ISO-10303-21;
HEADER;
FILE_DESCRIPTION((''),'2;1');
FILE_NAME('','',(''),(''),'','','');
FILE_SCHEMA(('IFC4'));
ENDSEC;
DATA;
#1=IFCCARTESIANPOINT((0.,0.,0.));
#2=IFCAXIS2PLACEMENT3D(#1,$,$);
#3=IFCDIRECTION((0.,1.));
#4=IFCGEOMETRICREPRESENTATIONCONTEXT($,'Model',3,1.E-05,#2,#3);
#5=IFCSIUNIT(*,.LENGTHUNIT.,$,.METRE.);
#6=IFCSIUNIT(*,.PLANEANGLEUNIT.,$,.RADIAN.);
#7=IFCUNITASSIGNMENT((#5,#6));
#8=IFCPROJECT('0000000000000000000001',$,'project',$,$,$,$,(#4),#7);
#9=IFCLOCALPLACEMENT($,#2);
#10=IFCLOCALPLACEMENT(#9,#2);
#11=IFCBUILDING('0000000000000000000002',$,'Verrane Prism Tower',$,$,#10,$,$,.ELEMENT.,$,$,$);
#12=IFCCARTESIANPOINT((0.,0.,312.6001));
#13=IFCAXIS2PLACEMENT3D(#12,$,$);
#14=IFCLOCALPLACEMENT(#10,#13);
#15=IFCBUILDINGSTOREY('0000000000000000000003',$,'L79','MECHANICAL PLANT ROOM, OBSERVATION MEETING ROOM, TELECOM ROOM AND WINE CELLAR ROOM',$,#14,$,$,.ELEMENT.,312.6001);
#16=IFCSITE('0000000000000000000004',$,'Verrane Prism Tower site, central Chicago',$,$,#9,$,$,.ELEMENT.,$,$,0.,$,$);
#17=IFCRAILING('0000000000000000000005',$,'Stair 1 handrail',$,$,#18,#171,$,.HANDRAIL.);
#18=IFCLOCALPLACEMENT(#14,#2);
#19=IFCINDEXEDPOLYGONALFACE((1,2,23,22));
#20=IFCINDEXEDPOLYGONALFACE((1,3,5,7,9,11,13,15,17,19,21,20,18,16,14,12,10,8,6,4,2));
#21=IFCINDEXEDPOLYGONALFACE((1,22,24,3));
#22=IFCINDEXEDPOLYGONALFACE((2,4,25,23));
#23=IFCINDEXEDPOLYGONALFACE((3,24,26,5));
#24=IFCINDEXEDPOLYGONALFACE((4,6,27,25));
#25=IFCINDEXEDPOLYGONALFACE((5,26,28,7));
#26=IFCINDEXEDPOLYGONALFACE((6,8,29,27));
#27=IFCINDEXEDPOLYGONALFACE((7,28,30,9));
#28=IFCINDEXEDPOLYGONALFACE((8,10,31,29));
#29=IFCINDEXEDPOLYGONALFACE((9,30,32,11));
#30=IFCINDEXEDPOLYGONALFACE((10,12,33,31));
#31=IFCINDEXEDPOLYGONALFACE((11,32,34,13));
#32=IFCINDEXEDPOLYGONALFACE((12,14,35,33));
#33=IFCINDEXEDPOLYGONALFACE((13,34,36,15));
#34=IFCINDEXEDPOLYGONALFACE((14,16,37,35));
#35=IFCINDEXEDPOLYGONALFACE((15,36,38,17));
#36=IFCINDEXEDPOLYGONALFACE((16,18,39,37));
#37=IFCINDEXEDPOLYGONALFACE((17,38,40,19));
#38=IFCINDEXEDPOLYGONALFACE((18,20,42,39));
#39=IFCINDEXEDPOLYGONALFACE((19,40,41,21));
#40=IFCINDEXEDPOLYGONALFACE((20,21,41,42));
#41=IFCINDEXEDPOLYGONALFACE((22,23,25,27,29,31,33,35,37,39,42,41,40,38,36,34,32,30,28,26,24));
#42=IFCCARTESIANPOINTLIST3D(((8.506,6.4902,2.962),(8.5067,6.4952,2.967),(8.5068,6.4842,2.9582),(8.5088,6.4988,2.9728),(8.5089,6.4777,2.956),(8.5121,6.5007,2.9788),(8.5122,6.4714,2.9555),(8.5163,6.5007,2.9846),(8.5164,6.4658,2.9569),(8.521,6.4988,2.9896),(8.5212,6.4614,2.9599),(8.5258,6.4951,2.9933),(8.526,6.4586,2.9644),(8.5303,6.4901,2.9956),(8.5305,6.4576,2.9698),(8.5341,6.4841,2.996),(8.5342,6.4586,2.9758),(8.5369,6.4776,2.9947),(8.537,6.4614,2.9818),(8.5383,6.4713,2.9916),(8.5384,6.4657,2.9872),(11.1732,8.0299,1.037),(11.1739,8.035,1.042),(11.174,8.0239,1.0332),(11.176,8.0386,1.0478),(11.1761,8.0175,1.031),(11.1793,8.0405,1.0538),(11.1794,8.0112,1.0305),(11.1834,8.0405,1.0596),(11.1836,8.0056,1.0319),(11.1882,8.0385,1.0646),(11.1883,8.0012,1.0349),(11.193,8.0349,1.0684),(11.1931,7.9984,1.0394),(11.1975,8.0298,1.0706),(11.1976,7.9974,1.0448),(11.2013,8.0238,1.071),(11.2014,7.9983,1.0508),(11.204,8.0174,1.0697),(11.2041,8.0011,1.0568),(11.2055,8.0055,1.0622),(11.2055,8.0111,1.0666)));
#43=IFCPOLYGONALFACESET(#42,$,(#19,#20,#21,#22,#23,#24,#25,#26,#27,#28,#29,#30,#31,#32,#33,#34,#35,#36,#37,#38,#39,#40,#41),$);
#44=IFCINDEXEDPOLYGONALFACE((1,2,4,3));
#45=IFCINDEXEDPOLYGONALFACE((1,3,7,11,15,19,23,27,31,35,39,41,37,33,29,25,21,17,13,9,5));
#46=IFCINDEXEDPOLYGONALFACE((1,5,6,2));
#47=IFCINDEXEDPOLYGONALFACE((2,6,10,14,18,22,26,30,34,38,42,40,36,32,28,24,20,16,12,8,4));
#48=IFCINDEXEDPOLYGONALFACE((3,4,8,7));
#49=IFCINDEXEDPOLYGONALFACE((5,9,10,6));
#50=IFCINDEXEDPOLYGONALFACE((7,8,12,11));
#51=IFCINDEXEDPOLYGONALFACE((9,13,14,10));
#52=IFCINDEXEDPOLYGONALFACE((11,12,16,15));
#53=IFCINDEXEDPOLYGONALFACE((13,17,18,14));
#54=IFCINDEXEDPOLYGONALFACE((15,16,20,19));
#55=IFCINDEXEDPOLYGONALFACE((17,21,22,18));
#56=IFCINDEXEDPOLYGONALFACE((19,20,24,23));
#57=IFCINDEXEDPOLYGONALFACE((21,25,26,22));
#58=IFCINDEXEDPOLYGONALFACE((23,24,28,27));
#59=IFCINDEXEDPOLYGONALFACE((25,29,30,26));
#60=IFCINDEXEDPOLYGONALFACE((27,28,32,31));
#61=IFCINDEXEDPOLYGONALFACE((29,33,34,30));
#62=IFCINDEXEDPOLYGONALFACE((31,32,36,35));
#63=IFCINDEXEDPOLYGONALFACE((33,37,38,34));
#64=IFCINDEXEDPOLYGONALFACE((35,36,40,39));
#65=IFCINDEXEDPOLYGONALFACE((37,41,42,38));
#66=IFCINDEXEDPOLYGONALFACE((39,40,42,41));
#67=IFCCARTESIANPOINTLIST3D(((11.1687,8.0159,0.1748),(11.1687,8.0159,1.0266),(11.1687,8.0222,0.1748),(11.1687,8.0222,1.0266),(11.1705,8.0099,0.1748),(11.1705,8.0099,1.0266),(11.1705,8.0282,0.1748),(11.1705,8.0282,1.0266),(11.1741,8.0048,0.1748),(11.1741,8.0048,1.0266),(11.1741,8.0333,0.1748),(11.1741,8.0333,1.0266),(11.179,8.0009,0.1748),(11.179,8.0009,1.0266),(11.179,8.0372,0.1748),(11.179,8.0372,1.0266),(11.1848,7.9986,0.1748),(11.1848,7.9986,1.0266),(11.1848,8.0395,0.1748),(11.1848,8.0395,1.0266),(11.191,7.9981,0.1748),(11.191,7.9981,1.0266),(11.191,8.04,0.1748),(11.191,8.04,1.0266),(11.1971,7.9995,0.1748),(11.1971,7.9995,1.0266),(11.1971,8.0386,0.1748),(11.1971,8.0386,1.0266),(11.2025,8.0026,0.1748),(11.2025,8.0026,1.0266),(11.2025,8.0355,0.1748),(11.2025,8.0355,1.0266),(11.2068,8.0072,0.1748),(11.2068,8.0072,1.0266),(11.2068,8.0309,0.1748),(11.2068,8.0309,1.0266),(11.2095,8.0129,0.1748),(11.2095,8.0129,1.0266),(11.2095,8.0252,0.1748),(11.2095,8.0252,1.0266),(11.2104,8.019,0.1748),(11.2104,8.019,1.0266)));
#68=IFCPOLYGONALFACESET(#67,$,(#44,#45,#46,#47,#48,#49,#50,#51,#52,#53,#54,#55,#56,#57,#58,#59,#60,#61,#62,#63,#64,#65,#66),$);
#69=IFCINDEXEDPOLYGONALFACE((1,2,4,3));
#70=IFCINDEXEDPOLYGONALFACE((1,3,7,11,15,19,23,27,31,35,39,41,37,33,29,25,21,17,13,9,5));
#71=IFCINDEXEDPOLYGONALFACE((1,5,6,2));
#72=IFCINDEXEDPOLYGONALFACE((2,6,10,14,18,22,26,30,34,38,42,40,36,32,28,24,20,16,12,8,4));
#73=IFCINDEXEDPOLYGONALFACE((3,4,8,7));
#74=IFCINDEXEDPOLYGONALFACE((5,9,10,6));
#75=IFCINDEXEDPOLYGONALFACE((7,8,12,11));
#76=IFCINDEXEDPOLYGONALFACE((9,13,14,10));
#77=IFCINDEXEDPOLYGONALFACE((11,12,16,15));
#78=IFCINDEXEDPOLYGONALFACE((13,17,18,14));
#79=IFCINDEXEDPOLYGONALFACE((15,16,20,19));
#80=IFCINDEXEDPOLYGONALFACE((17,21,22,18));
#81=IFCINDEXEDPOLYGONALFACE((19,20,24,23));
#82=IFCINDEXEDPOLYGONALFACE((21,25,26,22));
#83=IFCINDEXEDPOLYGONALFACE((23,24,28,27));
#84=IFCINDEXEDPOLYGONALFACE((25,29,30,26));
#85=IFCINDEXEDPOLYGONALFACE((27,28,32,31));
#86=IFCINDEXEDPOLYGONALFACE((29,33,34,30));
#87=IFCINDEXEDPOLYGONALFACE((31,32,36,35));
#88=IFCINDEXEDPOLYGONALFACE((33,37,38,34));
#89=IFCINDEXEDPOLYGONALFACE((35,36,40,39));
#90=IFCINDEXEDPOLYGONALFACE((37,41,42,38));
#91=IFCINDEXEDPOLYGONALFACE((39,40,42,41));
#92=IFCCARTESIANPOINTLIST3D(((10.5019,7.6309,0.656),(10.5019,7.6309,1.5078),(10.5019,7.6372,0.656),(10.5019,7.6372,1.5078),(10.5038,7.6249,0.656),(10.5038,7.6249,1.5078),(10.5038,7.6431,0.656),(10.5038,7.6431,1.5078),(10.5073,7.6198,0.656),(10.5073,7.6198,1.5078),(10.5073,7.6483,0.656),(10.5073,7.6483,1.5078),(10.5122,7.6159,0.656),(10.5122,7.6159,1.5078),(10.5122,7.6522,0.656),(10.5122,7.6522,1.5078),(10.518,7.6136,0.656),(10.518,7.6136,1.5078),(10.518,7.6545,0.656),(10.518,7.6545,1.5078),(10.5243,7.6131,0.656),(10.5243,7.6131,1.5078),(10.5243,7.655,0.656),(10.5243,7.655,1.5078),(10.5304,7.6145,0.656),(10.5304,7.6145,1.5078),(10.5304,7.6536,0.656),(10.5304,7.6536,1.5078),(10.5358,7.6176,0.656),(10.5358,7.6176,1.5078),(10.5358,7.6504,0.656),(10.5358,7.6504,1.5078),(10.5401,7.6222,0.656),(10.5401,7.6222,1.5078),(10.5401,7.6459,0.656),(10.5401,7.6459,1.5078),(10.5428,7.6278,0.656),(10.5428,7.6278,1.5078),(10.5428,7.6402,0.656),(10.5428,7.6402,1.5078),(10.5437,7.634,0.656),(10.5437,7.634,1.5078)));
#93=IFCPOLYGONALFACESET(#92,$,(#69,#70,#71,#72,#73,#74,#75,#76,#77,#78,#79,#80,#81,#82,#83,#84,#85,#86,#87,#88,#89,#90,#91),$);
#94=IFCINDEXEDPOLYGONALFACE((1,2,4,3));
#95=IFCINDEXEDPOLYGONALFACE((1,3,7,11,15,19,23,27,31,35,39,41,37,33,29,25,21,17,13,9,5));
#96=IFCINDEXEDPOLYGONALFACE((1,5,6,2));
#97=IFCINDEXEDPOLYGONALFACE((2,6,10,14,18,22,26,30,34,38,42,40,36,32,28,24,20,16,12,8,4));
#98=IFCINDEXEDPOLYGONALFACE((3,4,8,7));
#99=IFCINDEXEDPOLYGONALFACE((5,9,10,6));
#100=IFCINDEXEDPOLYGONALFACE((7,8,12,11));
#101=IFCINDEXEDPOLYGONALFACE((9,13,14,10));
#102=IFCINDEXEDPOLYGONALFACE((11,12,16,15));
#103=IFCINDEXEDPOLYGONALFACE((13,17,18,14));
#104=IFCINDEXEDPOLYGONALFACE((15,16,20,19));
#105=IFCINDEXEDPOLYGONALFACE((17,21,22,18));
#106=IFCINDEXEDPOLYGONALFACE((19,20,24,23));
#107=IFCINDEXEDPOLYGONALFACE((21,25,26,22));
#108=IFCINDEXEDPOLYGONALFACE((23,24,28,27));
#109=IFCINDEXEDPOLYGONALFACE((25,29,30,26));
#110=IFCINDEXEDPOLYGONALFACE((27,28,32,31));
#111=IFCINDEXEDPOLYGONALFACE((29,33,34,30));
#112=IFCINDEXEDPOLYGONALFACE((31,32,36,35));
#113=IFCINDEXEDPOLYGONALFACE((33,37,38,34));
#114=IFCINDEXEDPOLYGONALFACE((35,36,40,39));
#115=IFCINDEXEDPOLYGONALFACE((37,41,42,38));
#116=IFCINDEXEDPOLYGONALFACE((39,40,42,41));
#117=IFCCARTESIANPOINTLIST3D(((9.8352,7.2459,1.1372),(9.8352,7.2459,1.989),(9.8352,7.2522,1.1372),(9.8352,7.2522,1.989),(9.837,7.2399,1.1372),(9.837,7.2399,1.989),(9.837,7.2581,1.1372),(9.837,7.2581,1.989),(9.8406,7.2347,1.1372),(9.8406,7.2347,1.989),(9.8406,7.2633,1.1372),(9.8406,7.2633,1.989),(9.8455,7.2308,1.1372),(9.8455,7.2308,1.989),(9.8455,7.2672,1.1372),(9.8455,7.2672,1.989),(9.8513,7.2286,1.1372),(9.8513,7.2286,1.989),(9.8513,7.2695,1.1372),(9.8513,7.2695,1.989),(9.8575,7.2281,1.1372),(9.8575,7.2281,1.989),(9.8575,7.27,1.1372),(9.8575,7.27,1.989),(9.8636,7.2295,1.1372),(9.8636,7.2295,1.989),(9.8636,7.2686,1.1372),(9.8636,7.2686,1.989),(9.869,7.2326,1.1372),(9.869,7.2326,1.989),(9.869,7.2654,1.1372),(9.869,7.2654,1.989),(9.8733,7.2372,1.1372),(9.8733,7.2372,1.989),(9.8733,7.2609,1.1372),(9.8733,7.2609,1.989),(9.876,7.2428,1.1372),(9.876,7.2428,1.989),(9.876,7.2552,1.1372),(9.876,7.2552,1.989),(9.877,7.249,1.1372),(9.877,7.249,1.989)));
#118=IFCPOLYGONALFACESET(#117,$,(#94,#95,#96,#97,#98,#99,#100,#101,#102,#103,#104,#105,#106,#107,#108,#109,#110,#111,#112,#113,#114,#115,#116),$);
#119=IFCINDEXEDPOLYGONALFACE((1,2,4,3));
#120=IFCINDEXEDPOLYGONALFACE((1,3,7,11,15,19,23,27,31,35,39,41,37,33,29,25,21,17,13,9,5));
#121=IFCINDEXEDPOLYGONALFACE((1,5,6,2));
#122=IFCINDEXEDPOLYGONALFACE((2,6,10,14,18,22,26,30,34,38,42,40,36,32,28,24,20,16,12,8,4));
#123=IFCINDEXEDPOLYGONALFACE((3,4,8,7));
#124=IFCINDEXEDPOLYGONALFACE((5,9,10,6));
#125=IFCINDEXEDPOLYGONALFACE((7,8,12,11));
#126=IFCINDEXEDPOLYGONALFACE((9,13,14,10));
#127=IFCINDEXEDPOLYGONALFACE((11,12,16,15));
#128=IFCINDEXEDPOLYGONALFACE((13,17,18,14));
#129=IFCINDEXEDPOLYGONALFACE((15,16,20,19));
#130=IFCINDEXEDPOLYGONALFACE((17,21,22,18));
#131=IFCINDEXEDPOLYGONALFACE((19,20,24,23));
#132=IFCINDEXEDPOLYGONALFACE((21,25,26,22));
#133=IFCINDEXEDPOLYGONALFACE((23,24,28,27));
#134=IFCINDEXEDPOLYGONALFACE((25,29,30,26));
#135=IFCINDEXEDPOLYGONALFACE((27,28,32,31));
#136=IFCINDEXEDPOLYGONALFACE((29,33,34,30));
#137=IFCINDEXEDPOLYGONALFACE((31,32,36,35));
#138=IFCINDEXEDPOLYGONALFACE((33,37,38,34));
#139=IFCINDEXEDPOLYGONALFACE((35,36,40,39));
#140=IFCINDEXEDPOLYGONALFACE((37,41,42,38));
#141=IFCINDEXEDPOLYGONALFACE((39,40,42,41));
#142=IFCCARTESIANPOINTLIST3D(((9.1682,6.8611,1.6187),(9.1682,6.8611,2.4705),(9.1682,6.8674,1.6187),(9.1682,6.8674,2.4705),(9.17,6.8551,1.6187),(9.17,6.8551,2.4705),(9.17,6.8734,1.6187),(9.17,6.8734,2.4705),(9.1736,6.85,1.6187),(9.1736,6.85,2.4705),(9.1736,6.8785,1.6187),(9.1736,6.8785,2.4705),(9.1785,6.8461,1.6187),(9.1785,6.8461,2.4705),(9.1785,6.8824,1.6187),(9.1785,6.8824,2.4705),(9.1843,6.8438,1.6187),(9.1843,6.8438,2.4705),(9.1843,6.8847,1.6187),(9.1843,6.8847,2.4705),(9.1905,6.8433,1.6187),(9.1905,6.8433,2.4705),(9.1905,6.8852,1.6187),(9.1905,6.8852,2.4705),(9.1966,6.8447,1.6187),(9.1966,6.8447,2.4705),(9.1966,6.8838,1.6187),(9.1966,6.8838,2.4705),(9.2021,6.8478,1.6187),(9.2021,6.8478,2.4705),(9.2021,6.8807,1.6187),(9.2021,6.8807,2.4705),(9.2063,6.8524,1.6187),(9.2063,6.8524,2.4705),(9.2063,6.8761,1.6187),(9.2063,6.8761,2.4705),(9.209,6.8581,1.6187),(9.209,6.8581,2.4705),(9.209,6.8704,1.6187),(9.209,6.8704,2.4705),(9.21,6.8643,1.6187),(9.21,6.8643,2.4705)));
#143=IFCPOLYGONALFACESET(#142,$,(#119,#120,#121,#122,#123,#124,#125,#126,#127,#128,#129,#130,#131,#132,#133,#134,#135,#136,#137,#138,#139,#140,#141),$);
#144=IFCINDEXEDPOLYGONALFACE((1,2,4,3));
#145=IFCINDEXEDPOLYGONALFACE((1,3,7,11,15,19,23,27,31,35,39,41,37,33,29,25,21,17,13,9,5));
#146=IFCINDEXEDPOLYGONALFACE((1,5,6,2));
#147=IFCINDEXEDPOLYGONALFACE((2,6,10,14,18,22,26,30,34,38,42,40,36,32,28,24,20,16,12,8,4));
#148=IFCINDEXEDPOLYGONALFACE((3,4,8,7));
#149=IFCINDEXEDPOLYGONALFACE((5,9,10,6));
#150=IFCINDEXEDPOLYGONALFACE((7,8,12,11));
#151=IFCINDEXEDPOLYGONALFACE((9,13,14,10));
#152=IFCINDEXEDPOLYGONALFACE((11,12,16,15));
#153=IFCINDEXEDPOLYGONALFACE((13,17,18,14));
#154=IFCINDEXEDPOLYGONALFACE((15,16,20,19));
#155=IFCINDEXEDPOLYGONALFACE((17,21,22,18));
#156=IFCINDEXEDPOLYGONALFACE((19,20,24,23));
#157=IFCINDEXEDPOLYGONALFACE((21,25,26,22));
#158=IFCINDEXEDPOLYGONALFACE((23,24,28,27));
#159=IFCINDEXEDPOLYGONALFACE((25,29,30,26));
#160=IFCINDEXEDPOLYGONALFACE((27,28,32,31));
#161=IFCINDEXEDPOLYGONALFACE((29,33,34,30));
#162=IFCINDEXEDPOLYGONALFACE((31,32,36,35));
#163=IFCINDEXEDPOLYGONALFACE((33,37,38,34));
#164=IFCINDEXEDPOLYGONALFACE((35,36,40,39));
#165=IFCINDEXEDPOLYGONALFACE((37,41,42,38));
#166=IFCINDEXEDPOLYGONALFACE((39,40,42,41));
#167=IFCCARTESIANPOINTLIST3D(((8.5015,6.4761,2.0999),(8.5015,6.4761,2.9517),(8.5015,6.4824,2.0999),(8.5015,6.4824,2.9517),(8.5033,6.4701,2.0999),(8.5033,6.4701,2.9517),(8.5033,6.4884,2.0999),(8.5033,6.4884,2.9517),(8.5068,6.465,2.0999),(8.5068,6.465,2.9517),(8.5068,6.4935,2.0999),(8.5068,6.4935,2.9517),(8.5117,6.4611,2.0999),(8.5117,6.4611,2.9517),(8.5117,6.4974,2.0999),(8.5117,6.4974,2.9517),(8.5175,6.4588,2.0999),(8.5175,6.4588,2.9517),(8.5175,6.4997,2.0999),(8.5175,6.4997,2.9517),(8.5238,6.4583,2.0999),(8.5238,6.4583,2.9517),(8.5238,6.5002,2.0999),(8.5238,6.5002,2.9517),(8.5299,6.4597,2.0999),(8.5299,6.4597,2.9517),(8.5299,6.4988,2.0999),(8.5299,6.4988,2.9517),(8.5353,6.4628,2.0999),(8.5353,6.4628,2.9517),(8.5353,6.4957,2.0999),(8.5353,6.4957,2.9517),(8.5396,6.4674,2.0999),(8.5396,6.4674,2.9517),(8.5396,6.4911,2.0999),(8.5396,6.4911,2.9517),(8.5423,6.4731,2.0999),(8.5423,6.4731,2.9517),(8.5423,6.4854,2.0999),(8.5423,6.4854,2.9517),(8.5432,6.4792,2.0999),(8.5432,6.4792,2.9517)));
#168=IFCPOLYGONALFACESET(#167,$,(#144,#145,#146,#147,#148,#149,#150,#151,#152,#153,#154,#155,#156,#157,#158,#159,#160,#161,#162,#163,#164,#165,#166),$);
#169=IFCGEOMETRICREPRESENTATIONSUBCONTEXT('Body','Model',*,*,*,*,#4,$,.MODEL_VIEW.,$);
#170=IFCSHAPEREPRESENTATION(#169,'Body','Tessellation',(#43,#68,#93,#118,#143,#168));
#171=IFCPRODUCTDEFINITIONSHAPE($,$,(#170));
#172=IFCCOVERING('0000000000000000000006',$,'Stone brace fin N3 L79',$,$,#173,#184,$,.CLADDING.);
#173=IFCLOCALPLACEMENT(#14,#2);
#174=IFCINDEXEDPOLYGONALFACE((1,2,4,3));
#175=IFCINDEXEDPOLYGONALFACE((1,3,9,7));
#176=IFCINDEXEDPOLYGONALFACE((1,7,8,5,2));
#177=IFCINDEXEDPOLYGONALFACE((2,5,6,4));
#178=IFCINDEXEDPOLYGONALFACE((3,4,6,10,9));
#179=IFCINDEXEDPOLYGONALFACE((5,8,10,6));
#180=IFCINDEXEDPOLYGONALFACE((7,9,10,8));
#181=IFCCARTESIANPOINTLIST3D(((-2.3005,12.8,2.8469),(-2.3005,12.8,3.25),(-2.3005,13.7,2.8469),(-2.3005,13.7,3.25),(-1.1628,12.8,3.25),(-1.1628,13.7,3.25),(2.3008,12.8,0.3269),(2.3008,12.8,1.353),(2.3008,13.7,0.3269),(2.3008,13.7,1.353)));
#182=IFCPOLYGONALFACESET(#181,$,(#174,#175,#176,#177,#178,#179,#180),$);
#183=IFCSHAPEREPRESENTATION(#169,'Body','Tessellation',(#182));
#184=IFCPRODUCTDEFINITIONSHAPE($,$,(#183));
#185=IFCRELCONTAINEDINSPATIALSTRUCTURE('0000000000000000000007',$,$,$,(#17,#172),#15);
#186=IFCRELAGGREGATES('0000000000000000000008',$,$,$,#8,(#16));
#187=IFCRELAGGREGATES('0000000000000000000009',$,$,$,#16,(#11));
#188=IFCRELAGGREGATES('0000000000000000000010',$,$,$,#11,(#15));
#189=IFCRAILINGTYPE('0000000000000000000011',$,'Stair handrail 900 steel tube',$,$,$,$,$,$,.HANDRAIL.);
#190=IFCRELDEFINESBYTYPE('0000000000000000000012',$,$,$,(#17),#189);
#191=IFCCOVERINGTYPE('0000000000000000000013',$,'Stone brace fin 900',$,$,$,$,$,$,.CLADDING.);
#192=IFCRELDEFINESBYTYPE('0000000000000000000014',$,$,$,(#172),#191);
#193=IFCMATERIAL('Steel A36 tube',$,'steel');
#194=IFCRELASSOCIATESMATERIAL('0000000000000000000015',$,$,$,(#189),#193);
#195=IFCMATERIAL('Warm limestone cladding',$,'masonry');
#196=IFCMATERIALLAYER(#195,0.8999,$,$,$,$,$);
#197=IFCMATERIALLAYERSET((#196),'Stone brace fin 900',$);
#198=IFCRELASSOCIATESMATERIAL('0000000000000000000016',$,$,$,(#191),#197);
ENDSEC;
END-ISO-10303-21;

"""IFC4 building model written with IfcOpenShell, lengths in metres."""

from ifc_helpers import new_model, si_unit, direction, frame, origin, origin_2d, place, context, subcontext, project, spatial, polyline, circle, outline, extrude, material, layer, layer_set, type_object, element, save


model = new_model("IFC4")

# Units and contexts
model_context = context("Model", 3, precision=1e-05, world=origin(), true_north=direction((0.0, 1.0)))
body_context = subcontext(model_context, "Body", "Model", "MODEL_VIEW")
ifc_project = project(units=[si_unit("LENGTHUNIT", "METRE"), si_unit("PLANEANGLEUNIT", "RADIAN")], contexts=[model_context])

# Site, building, storey
site_placement = place(None, origin())
site = spatial("IfcSite", under=ifc_project, at=site_placement, Name="Verrane Prism Tower site, central Chicago", CompositionType="ELEMENT", RefElevation=0.0)
building_placement = place(site_placement, origin())
building = spatial("IfcBuilding", under=site, at=building_placement, Name="Verrane Prism Tower", CompositionType="ELEMENT")
storey_placement = place(building_placement, frame((0.0, 0.0, 312.6001)))
storey = spatial("IfcBuildingStorey", under=building, at=storey_placement, Name="L79", Description="MECHANICAL PLANT ROOM, OBSERVATION MEETING ROOM, TELECOM ROOM AND WINE CELLAR ROOM", CompositionType="ELEMENT", Elevation=312.6001)

# Railing
ifc_material_1 = material(Name="Steel A36 tube", Category="steel")
railing_type = type_object("IfcRailingType", Name="Stair handrail 900 steel tube", PredefinedType="HANDRAIL", material=ifc_material_1)
railing_placement = place(storey_placement, frame((11.1895, 8.019, 0.1748)))
element("IfcRailing", 1, at=railing_placement, inside=storey, type_object=railing_type, Name="Stair 1 handrail", PredefinedType="HANDRAIL", context=body_context, shape_type="SweptSolid", body=[
    extrude(circle(Radius=0.0239, at=origin_2d()), frame((0.0, 0.0, 0.876), z_axis=(-0.734385, -0.42396, 0.530034), x_axis=(0.499967, -0.866044, 0.0)), (0.0, 0.0, 1.0), 3.6318),
    extrude(circle(Radius=0.021, at=origin_2d()), origin(), (0.0, 0.0, 1.0), 0.8518),
    extrude(circle(Radius=0.021, at=origin_2d()), frame((-0.6667, -0.385, 0.4812)), (0.0, 0.0, 1.0), 0.8518),
    extrude(circle(Radius=0.021, at=origin_2d()), frame((-1.3335, -0.77, 0.9624)), (0.0, 0.0, 1.0), 0.8518),
    extrude(circle(Radius=0.021, at=origin_2d()), frame((-2.0005, -1.1548, 1.4438)), (0.0, 0.0, 1.0), 0.8518),
    extrude(circle(Radius=0.021, at=origin_2d()), frame((-2.6672, -1.5398, 1.925)), (0.0, 0.0, 1.0), 0.8518),
])

# Covering
ifc_material_2 = material(Name="Warm limestone cladding", Category="masonry")
ifc_layer_1 = layer(ifc_material_2, 0.8999)
ifc_layer_set_1 = layer_set([ifc_layer_1], Name="Stone brace fin 900")
covering_type = type_object("IfcCoveringType", Name="Stone brace fin 900", PredefinedType="CLADDING", material=ifc_layer_set_1)
covering_placement = place(storey_placement, frame((2.3008, 13.25, 0.3269), z_axis=(0.0, 0.0, 1.0), x_axis=(-1.0, 0.0, 0.0)))
element("IfcCovering", 2, at=covering_placement, inside=storey, type_object=covering_type, Name="Stone brace fin N3 L79", PredefinedType="CLADDING", context=body_context, shape_type="SweptSolid", body=[
    extrude(outline(polyline([(4.6013, 2.9231), (3.4636, 2.9231), (0.0, 1.0261), (0.0, 0.0), (4.6013, 2.52), (4.6013, 2.9231)])), frame((0.0, 0.45, 0.0), z_axis=(0.0, -1.0, 0.0), x_axis=(1.0, 0.0, 0.0)), (0.0, 0.0, 1.0), 0.8999),
])

save(model, "model.ifc")
